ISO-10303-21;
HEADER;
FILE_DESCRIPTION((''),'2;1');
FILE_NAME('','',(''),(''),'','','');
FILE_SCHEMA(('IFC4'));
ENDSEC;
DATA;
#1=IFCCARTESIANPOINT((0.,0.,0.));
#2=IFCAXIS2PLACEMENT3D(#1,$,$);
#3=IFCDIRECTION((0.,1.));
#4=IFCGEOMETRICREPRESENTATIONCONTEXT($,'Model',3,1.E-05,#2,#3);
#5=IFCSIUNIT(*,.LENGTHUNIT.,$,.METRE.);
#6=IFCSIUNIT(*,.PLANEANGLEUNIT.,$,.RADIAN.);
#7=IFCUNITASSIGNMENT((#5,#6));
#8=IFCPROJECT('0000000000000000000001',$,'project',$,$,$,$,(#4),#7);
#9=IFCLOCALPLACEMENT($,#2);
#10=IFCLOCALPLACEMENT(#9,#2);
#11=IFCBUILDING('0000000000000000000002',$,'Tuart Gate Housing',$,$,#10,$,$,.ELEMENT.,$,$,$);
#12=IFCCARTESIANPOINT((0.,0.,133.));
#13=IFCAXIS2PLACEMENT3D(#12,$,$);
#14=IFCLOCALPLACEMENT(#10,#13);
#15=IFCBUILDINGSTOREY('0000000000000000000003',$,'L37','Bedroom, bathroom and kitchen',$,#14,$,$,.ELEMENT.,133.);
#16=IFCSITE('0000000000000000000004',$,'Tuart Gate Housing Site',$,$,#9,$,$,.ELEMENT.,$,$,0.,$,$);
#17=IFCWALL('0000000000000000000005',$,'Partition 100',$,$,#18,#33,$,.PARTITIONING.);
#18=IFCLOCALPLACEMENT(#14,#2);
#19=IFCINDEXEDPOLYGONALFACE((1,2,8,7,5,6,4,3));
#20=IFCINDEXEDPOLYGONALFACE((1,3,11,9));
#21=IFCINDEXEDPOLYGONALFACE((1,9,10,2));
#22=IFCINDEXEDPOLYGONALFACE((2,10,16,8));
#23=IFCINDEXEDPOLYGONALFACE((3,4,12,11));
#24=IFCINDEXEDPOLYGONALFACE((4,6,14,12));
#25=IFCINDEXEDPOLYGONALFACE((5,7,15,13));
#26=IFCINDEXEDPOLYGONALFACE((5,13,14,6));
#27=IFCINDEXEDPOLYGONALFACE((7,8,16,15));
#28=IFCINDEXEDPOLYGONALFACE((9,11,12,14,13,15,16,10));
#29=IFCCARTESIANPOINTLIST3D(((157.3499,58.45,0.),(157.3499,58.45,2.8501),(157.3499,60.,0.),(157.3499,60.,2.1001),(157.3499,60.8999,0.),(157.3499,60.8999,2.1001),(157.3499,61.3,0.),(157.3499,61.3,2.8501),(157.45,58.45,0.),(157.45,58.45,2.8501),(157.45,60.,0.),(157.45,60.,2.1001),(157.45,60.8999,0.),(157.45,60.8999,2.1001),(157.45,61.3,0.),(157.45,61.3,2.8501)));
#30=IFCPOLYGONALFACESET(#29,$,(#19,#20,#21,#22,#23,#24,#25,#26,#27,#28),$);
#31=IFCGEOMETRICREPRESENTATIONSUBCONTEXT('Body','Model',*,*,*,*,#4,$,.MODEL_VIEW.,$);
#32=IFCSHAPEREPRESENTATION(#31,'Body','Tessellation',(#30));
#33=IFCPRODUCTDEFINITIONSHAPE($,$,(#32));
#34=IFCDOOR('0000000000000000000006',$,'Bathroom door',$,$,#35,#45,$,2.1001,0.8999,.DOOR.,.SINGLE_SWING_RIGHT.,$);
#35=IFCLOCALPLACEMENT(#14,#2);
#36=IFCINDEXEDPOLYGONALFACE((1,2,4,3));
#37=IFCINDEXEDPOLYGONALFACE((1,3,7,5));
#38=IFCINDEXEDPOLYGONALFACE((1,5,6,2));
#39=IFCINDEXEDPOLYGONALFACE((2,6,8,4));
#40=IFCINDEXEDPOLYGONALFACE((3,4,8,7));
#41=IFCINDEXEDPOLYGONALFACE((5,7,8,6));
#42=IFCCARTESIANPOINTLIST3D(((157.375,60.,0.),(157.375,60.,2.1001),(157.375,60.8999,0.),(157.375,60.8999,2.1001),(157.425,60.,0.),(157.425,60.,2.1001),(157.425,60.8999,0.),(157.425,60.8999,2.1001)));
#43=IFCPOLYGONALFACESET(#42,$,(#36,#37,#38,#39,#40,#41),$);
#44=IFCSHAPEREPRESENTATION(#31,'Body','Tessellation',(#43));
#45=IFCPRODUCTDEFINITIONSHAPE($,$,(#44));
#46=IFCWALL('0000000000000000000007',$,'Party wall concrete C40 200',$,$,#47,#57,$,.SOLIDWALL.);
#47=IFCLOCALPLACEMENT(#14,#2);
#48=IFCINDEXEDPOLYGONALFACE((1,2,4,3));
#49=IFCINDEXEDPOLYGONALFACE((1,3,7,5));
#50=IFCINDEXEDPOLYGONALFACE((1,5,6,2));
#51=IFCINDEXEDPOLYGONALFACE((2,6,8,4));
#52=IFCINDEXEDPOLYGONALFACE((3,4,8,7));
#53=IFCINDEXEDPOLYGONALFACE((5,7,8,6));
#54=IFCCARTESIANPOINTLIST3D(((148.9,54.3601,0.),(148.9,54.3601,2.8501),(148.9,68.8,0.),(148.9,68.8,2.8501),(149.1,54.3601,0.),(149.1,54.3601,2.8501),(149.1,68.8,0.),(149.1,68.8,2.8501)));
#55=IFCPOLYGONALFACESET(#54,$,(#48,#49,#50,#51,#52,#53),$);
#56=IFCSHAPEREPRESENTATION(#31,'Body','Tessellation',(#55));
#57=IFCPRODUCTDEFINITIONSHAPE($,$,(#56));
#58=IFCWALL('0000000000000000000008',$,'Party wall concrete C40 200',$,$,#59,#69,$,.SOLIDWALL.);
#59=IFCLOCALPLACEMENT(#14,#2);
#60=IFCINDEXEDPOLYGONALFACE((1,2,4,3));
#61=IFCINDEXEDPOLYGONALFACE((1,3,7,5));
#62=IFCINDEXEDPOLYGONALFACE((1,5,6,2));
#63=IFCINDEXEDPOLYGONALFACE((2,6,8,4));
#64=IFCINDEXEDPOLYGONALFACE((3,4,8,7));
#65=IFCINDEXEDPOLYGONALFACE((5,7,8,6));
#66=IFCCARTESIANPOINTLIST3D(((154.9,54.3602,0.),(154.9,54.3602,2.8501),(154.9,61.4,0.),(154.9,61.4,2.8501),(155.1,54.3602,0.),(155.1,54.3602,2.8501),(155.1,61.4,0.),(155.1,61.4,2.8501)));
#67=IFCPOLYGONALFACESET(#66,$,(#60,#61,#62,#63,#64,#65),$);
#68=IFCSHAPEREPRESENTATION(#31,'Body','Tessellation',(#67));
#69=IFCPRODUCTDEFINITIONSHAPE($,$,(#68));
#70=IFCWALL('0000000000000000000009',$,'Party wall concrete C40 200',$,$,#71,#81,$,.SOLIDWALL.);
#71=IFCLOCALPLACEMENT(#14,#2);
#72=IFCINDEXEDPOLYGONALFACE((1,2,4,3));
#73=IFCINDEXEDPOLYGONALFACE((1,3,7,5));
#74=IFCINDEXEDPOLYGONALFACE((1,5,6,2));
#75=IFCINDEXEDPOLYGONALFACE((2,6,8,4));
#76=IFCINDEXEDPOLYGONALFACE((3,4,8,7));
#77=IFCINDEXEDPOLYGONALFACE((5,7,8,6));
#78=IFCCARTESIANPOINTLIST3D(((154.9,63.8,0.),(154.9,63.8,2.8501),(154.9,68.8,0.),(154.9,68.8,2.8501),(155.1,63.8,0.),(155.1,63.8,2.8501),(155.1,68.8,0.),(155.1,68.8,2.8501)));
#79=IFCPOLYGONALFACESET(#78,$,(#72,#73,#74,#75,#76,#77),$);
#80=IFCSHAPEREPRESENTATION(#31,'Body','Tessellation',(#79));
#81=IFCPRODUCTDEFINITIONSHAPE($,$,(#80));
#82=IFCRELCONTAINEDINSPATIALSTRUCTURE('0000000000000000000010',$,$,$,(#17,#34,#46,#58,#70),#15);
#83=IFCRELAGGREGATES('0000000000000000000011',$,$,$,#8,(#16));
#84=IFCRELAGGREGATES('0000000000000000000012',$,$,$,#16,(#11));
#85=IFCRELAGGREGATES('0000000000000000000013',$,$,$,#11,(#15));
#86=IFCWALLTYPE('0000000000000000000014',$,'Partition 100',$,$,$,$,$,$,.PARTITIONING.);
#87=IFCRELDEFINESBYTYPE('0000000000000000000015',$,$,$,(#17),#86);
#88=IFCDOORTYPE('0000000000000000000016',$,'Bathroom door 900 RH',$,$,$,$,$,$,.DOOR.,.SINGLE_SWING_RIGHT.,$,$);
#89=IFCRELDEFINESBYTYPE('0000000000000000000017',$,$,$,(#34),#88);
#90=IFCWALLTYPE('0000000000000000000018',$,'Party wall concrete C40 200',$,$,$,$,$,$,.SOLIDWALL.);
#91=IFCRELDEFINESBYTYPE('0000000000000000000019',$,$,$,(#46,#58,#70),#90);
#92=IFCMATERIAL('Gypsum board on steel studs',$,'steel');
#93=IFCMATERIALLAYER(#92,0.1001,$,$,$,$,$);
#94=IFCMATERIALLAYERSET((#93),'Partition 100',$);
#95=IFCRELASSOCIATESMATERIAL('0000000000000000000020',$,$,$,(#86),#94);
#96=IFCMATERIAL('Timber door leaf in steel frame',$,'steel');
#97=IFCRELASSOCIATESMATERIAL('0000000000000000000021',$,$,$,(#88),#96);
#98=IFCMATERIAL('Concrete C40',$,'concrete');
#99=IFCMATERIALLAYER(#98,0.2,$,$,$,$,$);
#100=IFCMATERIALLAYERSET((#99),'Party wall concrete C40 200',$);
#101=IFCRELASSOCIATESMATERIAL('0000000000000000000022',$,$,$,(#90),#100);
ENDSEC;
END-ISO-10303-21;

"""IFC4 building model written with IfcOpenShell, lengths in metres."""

from ifc_helpers import new_model, si_unit, direction, frame, frame_2d, origin, place, context, subcontext, project, spatial, rectangle, extrude, material, layer, layer_set, type_object, element, fill, save


model = new_model("IFC4")

# Units and contexts
model_context = context("Model", 3, precision=1e-05, world=origin(), true_north=direction((0.0, 1.0)))
body_context = subcontext(model_context, "Body", "Model", "MODEL_VIEW")
ifc_project = project(units=[si_unit("LENGTHUNIT", "METRE"), si_unit("PLANEANGLEUNIT", "RADIAN")], contexts=[model_context])

# Site, building, storey
site_placement = place(None, origin())
site = spatial("IfcSite", under=ifc_project, at=site_placement, Name="Tuart Gate Housing Site", CompositionType="ELEMENT", RefElevation=0.0)
building_placement = place(site_placement, origin())
building = spatial("IfcBuilding", under=site, at=building_placement, Name="Tuart Gate Housing", CompositionType="ELEMENT")
storey_placement = place(building_placement, frame((0.0, 0.0, 133.0)))
storey = spatial("IfcBuildingStorey", under=building, at=storey_placement, Name="L37", Description="Bedroom, bathroom and kitchen", CompositionType="ELEMENT", Elevation=133.0)

# Shared definitions
ifc_material_1 = material(Name="Gypsum board on steel studs", Category="steel")
ifc_layer_1 = layer(ifc_material_1, 0.1001)
ifc_layer_set_1 = layer_set([ifc_layer_1], Name="Partition 100")
wall_type_1 = type_object("IfcWallType", Name="Partition 100", PredefinedType="PARTITIONING", material=ifc_layer_set_1)

# Shared definitions
ifc_material_2 = material(Name="Timber door leaf in steel frame", Category="steel")
door_type_1 = type_object("IfcDoorType", Name="Bathroom door 900 RH", OperationType="SINGLE_SWING_RIGHT", PredefinedType="DOOR", material=ifc_material_2)

# Wall, opening, door
wall_1_placement = place(storey_placement, frame((157.3999, 58.45, 0.0), z_axis=(0.0, 0.0, 1.0), x_axis=(0.0, 1.0, 0.0)))
wall_1 = element("IfcWall", 1, at=wall_1_placement, inside=storey, type_object=wall_type_1, Name="Partition 100", PredefinedType="PARTITIONING", context=body_context, shape_type="SweptSolid", body=[
    extrude(rectangle(XDim=2.8501, YDim=0.1001, at=frame_2d((1.425, 0.0))), origin(), (0.0, 0.0, 1.0), 2.8501),
])
opening_1_placement = place(wall_1_placement, frame((1.55, 0.0, 0.0)))
opening_1 = element("IfcOpeningElement", 2, at=opening_1_placement, cuts=wall_1, PredefinedType="OPENING", context=body_context, shape_type="SweptSolid", body=[
    extrude(rectangle(XDim=0.8999, YDim=2.1001, at=frame_2d((0.45, 1.05))), frame((0.0, 0.0601, 0.0), z_axis=(0.0, -1.0, 0.0), x_axis=(1.0, 0.0, 0.0)), (0.0, 0.0, 1.0), 0.1201),
])
door_1_placement = place(opening_1_placement, origin())
door_1 = element("IfcDoor", 3, at=door_1_placement, inside=storey, type_object=door_type_1, Name="Bathroom door", OperationType="SINGLE_SWING_RIGHT", OverallHeight=2.1001, OverallWidth=0.8999, PredefinedType="DOOR", context=body_context, shape_type="SweptSolid", body=[
    extrude(rectangle(XDim=0.8999, YDim=2.1001, at=frame_2d((0.45, 1.05))), frame((0.0, 0.0249, 0.0), z_axis=(0.0, -1.0, 0.0), x_axis=(1.0, 0.0, 0.0)), (0.0, 0.0, 1.0), 0.05),
])
fill(opening_1, door_1)

# Walls
ifc_material_3 = material(Name="Concrete C40", Category="concrete")
ifc_layer_2 = layer(ifc_material_3, 0.2)
ifc_layer_set_2 = layer_set([ifc_layer_2], Name="Party wall concrete C40 200")
wall_type_2 = type_object("IfcWallType", Name="Party wall concrete C40 200", PredefinedType="SOLIDWALL", material=ifc_layer_set_2)
wall_2_placement = place(storey_placement, frame((149.0, 54.3601, 0.0), z_axis=(0.0, 0.0, 1.0), x_axis=(0.0, 1.0, 0.0)))
element("IfcWall", 4, at=wall_2_placement, inside=storey, type_object=wall_type_2, Name="Party wall concrete C40 200", PredefinedType="SOLIDWALL", context=body_context, shape_type="SweptSolid", body=[
    extrude(rectangle(XDim=14.4399, YDim=0.2, at=frame_2d((7.22, 0.0))), origin(), (0.0, 0.0, 1.0), 2.8501),
])
wall_3_placement = place(storey_placement, frame((155.0, 54.3601, 0.0), z_axis=(0.0, 0.0, 1.0), x_axis=(0.0, 1.0, 0.0)))
element("IfcWall", 5, at=wall_3_placement, inside=storey, type_object=wall_type_2, Name="Party wall concrete C40 200", PredefinedType="SOLIDWALL", context=body_context, shape_type="SweptSolid", body=[
    extrude(rectangle(XDim=7.0398, YDim=0.2, at=frame_2d((3.52, 0.0))), origin(), (0.0, 0.0, 1.0), 2.8501),
])
wall_4_placement = place(storey_placement, frame((155.0, 63.8, 0.0), z_axis=(0.0, 0.0, 1.0), x_axis=(0.0, 1.0, 0.0)))
element("IfcWall", 6, at=wall_4_placement, inside=storey, type_object=wall_type_2, Name="Party wall concrete C40 200", PredefinedType="SOLIDWALL", context=body_context, shape_type="SweptSolid", body=[
    extrude(rectangle(XDim=5.0, YDim=0.2, at=frame_2d((2.5, 0.0))), origin(), (0.0, 0.0, 1.0), 2.8501),
])

save(model, "model.ifc")
